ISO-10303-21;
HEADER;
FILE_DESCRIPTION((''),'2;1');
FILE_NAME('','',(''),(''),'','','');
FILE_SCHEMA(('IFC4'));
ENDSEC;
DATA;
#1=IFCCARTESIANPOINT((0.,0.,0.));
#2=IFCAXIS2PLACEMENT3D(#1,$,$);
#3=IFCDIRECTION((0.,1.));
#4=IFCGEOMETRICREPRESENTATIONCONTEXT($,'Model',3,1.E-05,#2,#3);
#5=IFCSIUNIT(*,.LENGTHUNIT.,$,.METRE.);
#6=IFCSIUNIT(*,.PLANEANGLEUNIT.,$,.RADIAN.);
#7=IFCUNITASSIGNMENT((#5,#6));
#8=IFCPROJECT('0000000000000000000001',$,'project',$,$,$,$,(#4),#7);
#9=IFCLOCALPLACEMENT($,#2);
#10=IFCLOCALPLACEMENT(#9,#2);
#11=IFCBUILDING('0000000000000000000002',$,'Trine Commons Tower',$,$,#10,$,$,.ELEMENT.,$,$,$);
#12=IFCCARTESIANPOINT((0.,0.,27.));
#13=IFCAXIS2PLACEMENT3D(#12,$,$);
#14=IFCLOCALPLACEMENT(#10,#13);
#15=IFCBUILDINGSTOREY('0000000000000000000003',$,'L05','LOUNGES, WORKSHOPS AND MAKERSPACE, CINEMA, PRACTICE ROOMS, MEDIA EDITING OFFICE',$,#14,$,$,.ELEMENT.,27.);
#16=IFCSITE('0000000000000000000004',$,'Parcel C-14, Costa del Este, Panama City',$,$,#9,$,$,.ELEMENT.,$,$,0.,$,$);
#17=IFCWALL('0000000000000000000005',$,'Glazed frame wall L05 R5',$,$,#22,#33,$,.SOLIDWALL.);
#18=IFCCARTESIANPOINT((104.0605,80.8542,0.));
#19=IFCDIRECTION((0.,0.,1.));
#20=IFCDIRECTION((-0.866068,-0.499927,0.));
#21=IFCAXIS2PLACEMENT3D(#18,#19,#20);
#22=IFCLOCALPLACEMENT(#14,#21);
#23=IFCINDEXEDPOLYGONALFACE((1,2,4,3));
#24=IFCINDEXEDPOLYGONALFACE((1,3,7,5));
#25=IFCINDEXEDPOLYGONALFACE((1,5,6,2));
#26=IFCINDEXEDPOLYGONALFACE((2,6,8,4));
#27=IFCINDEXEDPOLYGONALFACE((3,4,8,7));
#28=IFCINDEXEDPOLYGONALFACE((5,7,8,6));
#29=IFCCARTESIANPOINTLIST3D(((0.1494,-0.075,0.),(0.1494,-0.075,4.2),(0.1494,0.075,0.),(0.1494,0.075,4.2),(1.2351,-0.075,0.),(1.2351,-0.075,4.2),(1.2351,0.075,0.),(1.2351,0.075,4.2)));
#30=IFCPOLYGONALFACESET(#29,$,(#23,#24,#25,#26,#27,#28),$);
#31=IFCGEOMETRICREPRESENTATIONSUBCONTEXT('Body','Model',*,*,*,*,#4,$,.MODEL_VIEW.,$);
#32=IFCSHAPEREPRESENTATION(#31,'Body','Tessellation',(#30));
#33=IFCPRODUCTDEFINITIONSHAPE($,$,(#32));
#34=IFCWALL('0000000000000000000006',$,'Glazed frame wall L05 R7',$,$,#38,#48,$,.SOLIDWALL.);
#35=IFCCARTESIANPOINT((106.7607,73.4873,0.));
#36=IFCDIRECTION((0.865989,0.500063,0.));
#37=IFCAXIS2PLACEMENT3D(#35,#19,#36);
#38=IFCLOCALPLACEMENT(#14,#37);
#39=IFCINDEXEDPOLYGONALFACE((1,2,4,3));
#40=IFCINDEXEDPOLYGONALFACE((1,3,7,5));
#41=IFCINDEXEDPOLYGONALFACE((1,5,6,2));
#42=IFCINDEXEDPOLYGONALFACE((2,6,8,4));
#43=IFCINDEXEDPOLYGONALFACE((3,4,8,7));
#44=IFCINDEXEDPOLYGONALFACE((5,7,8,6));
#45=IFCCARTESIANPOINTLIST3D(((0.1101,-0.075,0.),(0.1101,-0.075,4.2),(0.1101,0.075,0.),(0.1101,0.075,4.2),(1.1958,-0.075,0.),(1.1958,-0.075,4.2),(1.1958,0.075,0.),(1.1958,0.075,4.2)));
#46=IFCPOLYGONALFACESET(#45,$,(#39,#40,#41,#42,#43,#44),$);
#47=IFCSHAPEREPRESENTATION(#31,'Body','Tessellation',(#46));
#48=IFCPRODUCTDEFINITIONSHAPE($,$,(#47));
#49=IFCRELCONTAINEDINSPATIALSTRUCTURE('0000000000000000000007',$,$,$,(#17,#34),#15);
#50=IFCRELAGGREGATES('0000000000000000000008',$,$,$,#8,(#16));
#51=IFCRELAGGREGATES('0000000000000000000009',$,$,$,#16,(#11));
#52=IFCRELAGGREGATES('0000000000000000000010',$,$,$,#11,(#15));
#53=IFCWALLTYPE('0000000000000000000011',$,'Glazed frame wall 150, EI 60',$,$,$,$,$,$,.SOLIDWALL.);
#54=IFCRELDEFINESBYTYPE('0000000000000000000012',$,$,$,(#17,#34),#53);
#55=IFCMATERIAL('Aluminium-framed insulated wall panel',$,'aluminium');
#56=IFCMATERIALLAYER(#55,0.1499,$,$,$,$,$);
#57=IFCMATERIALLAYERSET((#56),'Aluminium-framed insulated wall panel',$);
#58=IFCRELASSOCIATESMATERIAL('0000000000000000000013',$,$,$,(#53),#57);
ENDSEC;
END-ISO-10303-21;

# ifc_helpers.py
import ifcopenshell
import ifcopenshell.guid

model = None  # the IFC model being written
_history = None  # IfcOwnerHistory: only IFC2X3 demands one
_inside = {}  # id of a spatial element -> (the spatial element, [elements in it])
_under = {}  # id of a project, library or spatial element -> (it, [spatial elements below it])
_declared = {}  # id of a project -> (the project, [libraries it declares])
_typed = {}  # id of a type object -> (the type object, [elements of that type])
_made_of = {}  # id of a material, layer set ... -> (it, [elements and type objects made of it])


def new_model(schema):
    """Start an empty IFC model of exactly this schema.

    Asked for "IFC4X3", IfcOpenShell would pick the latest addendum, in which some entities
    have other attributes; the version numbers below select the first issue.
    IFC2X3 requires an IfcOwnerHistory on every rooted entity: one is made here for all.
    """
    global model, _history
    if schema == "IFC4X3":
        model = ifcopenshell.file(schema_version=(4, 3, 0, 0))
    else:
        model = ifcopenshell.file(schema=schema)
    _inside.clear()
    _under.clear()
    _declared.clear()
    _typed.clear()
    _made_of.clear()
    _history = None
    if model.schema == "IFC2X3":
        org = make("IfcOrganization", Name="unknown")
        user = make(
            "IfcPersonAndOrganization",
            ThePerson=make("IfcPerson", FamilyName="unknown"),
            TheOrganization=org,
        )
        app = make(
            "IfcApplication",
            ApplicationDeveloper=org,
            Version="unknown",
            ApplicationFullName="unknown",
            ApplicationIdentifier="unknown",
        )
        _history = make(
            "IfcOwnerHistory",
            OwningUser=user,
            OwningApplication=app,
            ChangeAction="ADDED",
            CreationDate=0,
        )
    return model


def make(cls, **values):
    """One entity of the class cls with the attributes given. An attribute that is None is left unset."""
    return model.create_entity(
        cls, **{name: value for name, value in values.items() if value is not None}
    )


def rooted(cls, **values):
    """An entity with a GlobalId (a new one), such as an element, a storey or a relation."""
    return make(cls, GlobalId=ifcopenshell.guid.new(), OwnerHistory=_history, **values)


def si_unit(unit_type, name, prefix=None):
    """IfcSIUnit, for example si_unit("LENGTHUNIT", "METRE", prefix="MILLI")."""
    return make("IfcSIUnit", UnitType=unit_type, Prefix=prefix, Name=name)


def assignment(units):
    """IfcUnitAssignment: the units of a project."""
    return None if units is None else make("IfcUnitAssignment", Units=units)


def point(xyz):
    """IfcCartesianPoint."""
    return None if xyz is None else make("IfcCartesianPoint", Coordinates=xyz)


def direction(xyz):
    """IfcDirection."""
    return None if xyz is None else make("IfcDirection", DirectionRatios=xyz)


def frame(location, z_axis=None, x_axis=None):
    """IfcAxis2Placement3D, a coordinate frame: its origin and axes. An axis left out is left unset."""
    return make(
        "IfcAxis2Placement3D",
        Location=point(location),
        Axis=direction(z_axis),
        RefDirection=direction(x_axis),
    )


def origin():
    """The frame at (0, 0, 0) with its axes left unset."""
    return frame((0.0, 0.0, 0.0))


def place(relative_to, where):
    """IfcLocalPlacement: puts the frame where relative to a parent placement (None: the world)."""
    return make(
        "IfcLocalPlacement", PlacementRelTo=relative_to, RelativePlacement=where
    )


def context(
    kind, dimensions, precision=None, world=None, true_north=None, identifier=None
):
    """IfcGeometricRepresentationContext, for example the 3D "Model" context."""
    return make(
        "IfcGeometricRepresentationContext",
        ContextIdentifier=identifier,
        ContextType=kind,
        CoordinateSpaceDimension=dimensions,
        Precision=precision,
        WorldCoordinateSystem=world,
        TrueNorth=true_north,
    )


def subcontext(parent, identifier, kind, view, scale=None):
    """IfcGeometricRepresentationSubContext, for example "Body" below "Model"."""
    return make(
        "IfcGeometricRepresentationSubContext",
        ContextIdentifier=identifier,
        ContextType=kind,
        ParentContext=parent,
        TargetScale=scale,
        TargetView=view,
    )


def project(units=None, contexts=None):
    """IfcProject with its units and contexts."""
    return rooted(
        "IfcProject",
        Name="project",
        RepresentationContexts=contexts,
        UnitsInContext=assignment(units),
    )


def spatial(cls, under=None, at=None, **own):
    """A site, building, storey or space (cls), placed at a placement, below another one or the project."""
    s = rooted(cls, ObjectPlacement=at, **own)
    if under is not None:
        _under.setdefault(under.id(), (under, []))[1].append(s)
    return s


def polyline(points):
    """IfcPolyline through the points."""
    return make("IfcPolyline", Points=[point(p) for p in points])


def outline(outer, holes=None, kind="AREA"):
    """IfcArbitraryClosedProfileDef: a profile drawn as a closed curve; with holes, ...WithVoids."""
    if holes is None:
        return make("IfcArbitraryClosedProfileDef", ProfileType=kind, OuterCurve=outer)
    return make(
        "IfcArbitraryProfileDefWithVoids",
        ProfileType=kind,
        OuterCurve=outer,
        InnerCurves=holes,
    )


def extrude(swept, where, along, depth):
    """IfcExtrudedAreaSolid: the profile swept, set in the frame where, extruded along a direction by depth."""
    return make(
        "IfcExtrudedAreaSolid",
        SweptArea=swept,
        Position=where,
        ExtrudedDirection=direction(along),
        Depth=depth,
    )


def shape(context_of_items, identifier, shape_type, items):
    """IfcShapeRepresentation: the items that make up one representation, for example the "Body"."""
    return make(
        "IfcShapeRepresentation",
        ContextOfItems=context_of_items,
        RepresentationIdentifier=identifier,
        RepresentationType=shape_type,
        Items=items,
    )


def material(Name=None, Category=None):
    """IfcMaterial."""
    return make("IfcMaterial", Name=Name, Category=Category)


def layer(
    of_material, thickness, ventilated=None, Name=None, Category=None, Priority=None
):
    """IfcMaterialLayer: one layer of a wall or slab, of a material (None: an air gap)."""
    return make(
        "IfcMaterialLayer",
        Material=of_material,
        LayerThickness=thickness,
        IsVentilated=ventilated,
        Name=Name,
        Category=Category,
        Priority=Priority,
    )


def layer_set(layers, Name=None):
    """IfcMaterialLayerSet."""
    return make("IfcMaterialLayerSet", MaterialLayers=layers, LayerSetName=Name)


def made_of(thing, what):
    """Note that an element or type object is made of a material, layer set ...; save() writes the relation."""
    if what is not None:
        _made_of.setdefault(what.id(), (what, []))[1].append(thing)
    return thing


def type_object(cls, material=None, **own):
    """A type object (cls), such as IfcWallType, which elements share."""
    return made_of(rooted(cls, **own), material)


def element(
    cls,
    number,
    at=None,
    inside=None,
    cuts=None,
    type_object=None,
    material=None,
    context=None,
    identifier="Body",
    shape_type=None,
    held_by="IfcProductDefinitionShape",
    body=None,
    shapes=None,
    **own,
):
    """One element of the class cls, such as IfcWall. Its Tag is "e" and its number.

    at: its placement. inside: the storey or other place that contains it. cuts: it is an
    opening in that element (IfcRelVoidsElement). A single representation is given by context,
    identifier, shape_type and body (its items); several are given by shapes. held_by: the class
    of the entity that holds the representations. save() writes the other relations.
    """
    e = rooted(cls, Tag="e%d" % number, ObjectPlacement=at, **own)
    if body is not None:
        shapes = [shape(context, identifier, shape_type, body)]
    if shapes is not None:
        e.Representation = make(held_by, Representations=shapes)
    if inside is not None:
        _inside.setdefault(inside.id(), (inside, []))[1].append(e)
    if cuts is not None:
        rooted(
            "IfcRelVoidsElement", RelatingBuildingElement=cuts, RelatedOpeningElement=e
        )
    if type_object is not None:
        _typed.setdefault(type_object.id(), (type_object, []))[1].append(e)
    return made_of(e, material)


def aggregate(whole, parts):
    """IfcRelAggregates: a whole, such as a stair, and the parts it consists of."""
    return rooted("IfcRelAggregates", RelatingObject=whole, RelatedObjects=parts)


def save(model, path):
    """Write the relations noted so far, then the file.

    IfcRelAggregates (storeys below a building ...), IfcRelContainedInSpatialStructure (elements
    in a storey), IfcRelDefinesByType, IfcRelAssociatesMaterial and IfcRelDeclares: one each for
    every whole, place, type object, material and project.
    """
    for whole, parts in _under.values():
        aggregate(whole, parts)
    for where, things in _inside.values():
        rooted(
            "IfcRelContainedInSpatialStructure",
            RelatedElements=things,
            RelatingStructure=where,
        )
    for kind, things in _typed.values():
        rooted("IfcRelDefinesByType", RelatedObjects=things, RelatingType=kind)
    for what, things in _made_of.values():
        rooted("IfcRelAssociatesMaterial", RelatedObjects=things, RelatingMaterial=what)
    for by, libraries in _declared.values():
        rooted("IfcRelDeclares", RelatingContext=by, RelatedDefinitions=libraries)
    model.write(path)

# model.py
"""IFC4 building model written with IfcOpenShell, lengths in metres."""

from ifc_helpers import new_model, si_unit, direction, frame, origin, place, context, subcontext, project, spatial, polyline, outline, extrude, material, layer, layer_set, type_object, element, save


model = new_model("IFC4")

# Units and contexts
model_context = context("Model", 3, precision=1e-05, world=origin(), true_north=direction((0.0, 1.0)))
body_context = subcontext(model_context, "Body", "Model", "MODEL_VIEW")
ifc_project = project(units=[si_unit("LENGTHUNIT", "METRE"), si_unit("PLANEANGLEUNIT", "RADIAN")], contexts=[model_context])

# Site, building, storey
site_placement = place(None, origin())
site = spatial("IfcSite", under=ifc_project, at=site_placement, Name="Parcel C-14, Costa del Este, Panama City", CompositionType="ELEMENT", RefElevation=0.0)
building_placement = place(site_placement, origin())
building = spatial("IfcBuilding", under=site, at=building_placement, Name="Trine Commons Tower", CompositionType="ELEMENT")
storey_placement = place(building_placement, frame((0.0, 0.0, 27.0)))
storey = spatial("IfcBuildingStorey", under=building, at=storey_placement, Name="L05", Description="LOUNGES, WORKSHOPS AND MAKERSPACE, CINEMA, PRACTICE ROOMS, MEDIA EDITING OFFICE", CompositionType="ELEMENT", Elevation=27.0)

# Walls
ifc_material_1 = material(Name="Aluminium-framed insulated wall panel", Category="aluminium")
ifc_layer_1 = layer(ifc_material_1, 0.1499)
ifc_layer_set_1 = layer_set([ifc_layer_1], Name="Aluminium-framed insulated wall panel")
wall_type = type_object("IfcWallType", Name="Glazed frame wall 150, EI 60", PredefinedType="SOLIDWALL", material=ifc_layer_set_1)
wall_1_placement = place(storey_placement, frame((104.0605, 80.8542, 0.0), z_axis=(0.0, 0.0, 1.0), x_axis=(-0.866068, -0.499927, 0.0)))
element("IfcWall", 1, at=wall_1_placement, inside=storey, type_object=wall_type, Name="Glazed frame wall L05 R5", PredefinedType="SOLIDWALL", context=body_context, shape_type="SweptSolid", body=[
    extrude(outline(polyline([(0.1494, 0.075), (0.1494, -0.075), (1.2351, -0.075), (1.2351, 0.075), (0.1494, 0.075)])), origin(), (0.0, 0.0, 1.0), 4.2),
])
wall_2_placement = place(storey_placement, frame((106.7607, 73.4873, 0.0), z_axis=(0.0, 0.0, 1.0), x_axis=(0.865989, 0.500063, 0.0)))
element("IfcWall", 2, at=wall_2_placement, inside=storey, type_object=wall_type, Name="Glazed frame wall L05 R7", PredefinedType="SOLIDWALL", context=body_context, shape_type="SweptSolid", body=[
    extrude(outline(polyline([(0.1101, 0.075), (0.1101, -0.075), (1.1958, -0.075), (1.1958, 0.075), (0.1101, 0.075)])), origin(), (0.0, 0.0, 1.0), 4.2),
])

save(model, "model.ifc")
